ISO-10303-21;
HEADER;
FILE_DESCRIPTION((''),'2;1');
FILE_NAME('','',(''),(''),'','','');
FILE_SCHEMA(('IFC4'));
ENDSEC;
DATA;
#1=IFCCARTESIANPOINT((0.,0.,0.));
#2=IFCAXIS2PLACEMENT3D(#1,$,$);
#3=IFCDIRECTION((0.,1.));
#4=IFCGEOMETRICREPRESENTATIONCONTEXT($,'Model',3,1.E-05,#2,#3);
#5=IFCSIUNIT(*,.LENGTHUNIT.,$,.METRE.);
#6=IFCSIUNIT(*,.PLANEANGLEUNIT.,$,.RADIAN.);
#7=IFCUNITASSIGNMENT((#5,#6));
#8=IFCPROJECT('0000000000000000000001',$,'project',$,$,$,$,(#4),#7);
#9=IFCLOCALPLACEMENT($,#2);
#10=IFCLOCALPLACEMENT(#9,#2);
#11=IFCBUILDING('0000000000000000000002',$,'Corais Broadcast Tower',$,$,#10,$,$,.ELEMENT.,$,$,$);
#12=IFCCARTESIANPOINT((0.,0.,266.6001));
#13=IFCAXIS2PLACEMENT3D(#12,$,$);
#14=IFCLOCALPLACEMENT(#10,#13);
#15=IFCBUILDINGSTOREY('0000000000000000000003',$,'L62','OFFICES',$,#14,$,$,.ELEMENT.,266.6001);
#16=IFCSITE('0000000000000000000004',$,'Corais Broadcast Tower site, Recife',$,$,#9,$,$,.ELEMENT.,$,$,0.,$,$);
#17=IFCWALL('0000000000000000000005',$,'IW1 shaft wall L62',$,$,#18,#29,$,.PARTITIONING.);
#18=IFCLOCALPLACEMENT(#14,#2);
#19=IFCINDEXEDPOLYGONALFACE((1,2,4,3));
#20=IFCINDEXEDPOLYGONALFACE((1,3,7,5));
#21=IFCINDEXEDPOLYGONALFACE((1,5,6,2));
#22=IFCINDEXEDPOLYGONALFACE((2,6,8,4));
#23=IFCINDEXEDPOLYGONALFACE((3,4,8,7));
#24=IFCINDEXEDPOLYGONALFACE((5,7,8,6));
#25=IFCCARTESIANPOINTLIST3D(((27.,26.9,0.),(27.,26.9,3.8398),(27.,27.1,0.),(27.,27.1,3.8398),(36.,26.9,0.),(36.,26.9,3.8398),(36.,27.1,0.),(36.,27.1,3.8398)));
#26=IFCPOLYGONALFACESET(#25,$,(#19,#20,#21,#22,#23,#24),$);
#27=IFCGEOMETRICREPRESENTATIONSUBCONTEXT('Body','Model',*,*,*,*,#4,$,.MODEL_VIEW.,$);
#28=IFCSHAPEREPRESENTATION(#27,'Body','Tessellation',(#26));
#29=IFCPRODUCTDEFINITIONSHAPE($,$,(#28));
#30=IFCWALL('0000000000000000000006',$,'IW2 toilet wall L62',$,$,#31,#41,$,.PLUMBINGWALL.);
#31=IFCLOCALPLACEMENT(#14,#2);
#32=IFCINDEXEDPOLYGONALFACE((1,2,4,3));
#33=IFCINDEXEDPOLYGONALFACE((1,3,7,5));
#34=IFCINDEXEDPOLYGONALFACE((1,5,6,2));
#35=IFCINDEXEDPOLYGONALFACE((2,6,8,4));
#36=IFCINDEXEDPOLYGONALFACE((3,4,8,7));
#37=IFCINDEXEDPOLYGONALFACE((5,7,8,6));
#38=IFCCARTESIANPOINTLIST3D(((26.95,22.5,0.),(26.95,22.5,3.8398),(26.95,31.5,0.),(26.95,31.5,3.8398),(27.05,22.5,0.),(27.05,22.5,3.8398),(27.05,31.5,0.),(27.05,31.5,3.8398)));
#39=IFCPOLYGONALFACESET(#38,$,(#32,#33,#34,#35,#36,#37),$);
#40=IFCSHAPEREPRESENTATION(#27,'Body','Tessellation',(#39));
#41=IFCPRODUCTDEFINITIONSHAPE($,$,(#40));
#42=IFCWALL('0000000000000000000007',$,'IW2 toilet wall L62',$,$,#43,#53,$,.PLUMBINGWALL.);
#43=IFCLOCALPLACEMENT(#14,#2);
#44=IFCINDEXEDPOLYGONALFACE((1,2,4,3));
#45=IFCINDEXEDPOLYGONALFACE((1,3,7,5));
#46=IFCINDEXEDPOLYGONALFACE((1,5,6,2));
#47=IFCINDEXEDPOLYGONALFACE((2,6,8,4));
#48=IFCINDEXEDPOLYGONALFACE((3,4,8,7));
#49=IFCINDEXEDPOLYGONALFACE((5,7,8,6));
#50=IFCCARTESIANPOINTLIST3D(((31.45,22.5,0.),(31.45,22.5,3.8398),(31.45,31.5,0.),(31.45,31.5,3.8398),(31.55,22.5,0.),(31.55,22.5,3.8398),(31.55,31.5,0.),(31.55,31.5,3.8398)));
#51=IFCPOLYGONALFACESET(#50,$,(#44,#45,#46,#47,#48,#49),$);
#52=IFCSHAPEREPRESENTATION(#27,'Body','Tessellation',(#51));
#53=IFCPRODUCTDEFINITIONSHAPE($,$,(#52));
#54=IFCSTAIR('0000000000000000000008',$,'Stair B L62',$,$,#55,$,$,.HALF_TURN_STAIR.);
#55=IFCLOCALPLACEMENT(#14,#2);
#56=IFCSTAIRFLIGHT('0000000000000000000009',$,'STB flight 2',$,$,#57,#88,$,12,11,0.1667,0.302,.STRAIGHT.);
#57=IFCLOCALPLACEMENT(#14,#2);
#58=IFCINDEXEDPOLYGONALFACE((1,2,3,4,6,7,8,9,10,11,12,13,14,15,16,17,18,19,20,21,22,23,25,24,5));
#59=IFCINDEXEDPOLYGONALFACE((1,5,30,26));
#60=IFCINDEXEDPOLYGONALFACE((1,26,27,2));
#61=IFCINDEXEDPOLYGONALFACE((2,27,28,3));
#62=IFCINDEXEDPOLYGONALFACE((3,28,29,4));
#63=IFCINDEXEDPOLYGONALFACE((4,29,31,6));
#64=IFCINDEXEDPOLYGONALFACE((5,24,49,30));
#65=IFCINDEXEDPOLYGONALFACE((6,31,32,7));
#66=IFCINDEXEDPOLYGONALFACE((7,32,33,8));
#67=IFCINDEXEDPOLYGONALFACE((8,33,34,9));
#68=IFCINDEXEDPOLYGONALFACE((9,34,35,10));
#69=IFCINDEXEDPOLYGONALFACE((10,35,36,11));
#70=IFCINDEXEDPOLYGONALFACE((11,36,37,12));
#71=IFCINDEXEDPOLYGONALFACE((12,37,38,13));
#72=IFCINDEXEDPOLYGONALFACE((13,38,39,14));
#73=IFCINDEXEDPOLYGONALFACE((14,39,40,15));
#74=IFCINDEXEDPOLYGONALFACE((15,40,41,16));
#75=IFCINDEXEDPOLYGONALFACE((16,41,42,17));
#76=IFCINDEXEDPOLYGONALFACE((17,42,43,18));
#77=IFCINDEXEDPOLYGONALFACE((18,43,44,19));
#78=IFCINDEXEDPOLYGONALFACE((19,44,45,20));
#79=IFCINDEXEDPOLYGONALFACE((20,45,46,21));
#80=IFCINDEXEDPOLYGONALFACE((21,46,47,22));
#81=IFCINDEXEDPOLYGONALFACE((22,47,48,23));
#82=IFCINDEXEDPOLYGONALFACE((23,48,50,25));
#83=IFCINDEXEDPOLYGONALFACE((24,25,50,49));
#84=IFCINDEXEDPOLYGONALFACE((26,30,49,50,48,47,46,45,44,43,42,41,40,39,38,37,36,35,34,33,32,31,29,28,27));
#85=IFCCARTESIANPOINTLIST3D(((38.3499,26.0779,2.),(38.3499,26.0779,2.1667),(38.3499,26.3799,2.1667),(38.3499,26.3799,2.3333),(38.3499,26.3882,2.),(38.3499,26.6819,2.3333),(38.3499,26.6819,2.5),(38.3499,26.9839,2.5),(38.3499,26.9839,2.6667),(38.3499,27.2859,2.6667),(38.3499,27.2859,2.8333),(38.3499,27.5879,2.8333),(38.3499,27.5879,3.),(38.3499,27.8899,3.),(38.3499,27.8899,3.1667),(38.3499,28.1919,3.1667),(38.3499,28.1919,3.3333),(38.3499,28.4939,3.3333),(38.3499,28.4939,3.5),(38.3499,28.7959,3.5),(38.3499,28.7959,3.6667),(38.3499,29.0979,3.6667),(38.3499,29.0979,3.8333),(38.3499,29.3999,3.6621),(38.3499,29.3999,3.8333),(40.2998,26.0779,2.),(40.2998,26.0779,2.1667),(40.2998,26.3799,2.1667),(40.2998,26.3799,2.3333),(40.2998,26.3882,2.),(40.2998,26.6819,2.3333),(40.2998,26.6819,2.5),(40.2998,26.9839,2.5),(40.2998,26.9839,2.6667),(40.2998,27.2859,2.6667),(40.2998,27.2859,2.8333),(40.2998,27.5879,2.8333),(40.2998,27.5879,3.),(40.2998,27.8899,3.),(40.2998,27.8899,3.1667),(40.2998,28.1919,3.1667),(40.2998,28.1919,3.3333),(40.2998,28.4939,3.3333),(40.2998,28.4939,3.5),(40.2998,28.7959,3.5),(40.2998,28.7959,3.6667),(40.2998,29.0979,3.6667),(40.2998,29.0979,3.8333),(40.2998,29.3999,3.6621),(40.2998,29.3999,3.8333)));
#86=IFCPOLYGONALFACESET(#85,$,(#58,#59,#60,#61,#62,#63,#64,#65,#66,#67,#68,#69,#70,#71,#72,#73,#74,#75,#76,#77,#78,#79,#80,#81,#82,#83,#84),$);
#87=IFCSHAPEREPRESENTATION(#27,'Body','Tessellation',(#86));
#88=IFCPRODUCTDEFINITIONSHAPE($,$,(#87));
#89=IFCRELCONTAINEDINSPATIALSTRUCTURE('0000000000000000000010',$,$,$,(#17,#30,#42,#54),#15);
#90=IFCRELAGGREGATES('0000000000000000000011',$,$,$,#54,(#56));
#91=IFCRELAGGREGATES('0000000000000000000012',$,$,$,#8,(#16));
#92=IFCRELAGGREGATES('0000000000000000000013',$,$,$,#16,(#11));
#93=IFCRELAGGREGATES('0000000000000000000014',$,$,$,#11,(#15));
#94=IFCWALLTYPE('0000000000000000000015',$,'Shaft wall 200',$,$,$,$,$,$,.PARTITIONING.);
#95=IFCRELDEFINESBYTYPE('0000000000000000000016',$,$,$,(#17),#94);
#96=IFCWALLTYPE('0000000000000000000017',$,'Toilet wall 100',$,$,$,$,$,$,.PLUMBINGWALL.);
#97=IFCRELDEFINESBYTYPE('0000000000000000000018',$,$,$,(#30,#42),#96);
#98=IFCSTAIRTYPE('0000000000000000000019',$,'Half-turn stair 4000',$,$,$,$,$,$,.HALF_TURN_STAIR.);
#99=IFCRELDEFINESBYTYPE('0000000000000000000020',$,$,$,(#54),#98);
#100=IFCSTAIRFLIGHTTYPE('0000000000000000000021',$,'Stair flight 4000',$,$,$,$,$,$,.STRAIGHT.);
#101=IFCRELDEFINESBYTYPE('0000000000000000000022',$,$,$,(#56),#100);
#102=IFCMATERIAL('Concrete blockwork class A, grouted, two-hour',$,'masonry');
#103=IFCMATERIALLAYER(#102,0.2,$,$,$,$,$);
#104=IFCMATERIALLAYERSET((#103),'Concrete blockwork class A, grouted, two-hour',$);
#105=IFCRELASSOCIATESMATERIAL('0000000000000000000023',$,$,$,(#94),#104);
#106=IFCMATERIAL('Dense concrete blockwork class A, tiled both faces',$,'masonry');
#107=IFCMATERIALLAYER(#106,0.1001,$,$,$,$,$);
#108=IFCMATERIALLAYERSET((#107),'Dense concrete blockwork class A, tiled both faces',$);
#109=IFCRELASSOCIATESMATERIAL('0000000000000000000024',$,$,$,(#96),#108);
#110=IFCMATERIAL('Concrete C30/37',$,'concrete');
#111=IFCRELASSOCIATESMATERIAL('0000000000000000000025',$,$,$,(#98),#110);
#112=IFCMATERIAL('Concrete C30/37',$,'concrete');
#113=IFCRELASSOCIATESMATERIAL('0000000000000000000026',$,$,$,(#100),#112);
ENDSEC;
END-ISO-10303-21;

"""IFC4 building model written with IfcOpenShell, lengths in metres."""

from ifc_helpers import new_model, si_unit, direction, frame, frame_2d, origin, place, context, subcontext, project, spatial, polyline, rectangle, outline, extrude, material, layer, layer_set, type_object, element, aggregate, save


model = new_model("IFC4")

# Units and contexts
model_context = context("Model", 3, precision=1e-05, world=origin(), true_north=direction((0.0, 1.0)))
body_context = subcontext(model_context, "Body", "Model", "MODEL_VIEW")
ifc_project = project(units=[si_unit("LENGTHUNIT", "METRE"), si_unit("PLANEANGLEUNIT", "RADIAN")], contexts=[model_context])

# Site, building, storey
site_placement = place(None, origin())
site = spatial("IfcSite", under=ifc_project, at=site_placement, Name="Corais Broadcast Tower site, Recife", CompositionType="ELEMENT", RefElevation=0.0)
building_placement = place(site_placement, origin())
building = spatial("IfcBuilding", under=site, at=building_placement, Name="Corais Broadcast Tower", CompositionType="ELEMENT")
storey_placement = place(building_placement, frame((0.0, 0.0, 266.6001)))
storey = spatial("IfcBuildingStorey", under=building, at=storey_placement, Name="L62", Description="OFFICES", CompositionType="ELEMENT", Elevation=266.6001)

# Walls
ifc_material_1 = material(Name="Concrete blockwork class A, grouted, two-hour", Category="masonry")
ifc_layer_1 = layer(ifc_material_1, 0.2)
ifc_layer_set_1 = layer_set([ifc_layer_1], Name="Concrete blockwork class A, grouted, two-hour")
wall_type_1 = type_object("IfcWallType", Name="Shaft wall 200", PredefinedType="PARTITIONING", material=ifc_layer_set_1)
wall_1_placement = place(storey_placement, frame((27.0, 27.0, 0.0), z_axis=(0.0, 0.0, 1.0), x_axis=(1.0, 0.0, 0.0)))
element("IfcWall", 1, at=wall_1_placement, inside=storey, type_object=wall_type_1, Name="IW1 shaft wall L62", PredefinedType="PARTITIONING", context=body_context, shape_type="SweptSolid", body=[
    extrude(rectangle(XDim=9.0, YDim=0.2, at=frame_2d((4.5, 0.0))), origin(), (0.0, 0.0, 1.0), 3.8398),
])
ifc_material_2 = material(Name="Dense concrete blockwork class A, tiled both faces", Category="masonry")
ifc_layer_2 = layer(ifc_material_2, 0.1001)
ifc_layer_set_2 = layer_set([ifc_layer_2], Name="Dense concrete blockwork class A, tiled both faces")
wall_type_2 = type_object("IfcWallType", Name="Toilet wall 100", PredefinedType="PLUMBINGWALL", material=ifc_layer_set_2)
for number, where, z_axis, x_axis, name in (
    (2, (27.0, 22.5, 0.0), (0.0, 0.0, 1.0), (0.0, 1.0, 0.0), "IW2 toilet wall L62"),
    (3, (31.5, 22.5, 0.0), (0.0, 0.0, 1.0), (0.0, 1.0, 0.0), "IW2 toilet wall L62"),
):
    element("IfcWall", number, at=place(storey_placement, frame(where, z_axis=z_axis, x_axis=x_axis)), inside=storey, type_object=wall_type_2, Name=name, PredefinedType="PLUMBINGWALL", context=body_context, shape_type="SweptSolid", body=[
        extrude(rectangle(XDim=9.0, YDim=0.1001, at=frame_2d((4.5, 0.0))), origin(), (0.0, 0.0, 1.0), 3.8398),
    ])

# Stair, stair flight
ifc_material_3 = material(Name="Concrete C30/37", Category="concrete")
stair_type = type_object("IfcStairType", Name="Half-turn stair 4000", PredefinedType="HALF_TURN_STAIR", material=ifc_material_3)
stair_placement = place(storey_placement, origin())
stair = element("IfcStair", 4, at=stair_placement, inside=storey, type_object=stair_type, Name="Stair B L62", PredefinedType="HALF_TURN_STAIR")
ifc_material_4 = material(Name="Concrete C30/37", Category="concrete")
stair_flight_type = type_object("IfcStairFlightType", Name="Stair flight 4000", PredefinedType="STRAIGHT", material=ifc_material_4)
stair_flight_placement = place(storey_placement, frame((39.325, 26.0779, 2.0), z_axis=(0.0, 0.0, 1.0), x_axis=(0.0, 1.0, 0.0)))
stair_flight = element("IfcStairFlight", 5, at=stair_flight_placement, type_object=stair_flight_type, Name="STB flight 2", NumberOfRisers=12, NumberOfTreads=11, PredefinedType="STRAIGHT", RiserHeight=0.1667, TreadLength=0.302, context=body_context, shape_type="SweptSolid", body=[
    extrude(outline(polyline([(0.0, 0.0), (0.0, 0.1667), (0.302, 0.1667), (0.302, 0.3333), (0.604, 0.3333), (0.604, 0.5), (0.906, 0.5), (0.906, 0.6667), (1.208, 0.6667), (1.208, 0.8333), (1.51, 0.8333), (1.51, 1.0), (1.812, 1.0), (1.812, 1.1667), (2.114, 1.1667), (2.114, 1.3333), (2.416, 1.3333), (2.416, 1.5), (2.718, 1.5), (2.718, 1.6667), (3.02, 1.6667), (3.02, 1.8333), (3.322, 1.8333), (3.322, 2.0), (3.322, 1.6621), (0.3103, 0.0), (0.0, 0.0)])), frame((0.0, 0.9751, 0.0), z_axis=(0.0, -1.0, 0.0), x_axis=(1.0, 0.0, 0.0)), (0.0, 0.0, 1.0), 1.95),
])
aggregate(stair, [stair_flight])

save(model, "model.ifc")
